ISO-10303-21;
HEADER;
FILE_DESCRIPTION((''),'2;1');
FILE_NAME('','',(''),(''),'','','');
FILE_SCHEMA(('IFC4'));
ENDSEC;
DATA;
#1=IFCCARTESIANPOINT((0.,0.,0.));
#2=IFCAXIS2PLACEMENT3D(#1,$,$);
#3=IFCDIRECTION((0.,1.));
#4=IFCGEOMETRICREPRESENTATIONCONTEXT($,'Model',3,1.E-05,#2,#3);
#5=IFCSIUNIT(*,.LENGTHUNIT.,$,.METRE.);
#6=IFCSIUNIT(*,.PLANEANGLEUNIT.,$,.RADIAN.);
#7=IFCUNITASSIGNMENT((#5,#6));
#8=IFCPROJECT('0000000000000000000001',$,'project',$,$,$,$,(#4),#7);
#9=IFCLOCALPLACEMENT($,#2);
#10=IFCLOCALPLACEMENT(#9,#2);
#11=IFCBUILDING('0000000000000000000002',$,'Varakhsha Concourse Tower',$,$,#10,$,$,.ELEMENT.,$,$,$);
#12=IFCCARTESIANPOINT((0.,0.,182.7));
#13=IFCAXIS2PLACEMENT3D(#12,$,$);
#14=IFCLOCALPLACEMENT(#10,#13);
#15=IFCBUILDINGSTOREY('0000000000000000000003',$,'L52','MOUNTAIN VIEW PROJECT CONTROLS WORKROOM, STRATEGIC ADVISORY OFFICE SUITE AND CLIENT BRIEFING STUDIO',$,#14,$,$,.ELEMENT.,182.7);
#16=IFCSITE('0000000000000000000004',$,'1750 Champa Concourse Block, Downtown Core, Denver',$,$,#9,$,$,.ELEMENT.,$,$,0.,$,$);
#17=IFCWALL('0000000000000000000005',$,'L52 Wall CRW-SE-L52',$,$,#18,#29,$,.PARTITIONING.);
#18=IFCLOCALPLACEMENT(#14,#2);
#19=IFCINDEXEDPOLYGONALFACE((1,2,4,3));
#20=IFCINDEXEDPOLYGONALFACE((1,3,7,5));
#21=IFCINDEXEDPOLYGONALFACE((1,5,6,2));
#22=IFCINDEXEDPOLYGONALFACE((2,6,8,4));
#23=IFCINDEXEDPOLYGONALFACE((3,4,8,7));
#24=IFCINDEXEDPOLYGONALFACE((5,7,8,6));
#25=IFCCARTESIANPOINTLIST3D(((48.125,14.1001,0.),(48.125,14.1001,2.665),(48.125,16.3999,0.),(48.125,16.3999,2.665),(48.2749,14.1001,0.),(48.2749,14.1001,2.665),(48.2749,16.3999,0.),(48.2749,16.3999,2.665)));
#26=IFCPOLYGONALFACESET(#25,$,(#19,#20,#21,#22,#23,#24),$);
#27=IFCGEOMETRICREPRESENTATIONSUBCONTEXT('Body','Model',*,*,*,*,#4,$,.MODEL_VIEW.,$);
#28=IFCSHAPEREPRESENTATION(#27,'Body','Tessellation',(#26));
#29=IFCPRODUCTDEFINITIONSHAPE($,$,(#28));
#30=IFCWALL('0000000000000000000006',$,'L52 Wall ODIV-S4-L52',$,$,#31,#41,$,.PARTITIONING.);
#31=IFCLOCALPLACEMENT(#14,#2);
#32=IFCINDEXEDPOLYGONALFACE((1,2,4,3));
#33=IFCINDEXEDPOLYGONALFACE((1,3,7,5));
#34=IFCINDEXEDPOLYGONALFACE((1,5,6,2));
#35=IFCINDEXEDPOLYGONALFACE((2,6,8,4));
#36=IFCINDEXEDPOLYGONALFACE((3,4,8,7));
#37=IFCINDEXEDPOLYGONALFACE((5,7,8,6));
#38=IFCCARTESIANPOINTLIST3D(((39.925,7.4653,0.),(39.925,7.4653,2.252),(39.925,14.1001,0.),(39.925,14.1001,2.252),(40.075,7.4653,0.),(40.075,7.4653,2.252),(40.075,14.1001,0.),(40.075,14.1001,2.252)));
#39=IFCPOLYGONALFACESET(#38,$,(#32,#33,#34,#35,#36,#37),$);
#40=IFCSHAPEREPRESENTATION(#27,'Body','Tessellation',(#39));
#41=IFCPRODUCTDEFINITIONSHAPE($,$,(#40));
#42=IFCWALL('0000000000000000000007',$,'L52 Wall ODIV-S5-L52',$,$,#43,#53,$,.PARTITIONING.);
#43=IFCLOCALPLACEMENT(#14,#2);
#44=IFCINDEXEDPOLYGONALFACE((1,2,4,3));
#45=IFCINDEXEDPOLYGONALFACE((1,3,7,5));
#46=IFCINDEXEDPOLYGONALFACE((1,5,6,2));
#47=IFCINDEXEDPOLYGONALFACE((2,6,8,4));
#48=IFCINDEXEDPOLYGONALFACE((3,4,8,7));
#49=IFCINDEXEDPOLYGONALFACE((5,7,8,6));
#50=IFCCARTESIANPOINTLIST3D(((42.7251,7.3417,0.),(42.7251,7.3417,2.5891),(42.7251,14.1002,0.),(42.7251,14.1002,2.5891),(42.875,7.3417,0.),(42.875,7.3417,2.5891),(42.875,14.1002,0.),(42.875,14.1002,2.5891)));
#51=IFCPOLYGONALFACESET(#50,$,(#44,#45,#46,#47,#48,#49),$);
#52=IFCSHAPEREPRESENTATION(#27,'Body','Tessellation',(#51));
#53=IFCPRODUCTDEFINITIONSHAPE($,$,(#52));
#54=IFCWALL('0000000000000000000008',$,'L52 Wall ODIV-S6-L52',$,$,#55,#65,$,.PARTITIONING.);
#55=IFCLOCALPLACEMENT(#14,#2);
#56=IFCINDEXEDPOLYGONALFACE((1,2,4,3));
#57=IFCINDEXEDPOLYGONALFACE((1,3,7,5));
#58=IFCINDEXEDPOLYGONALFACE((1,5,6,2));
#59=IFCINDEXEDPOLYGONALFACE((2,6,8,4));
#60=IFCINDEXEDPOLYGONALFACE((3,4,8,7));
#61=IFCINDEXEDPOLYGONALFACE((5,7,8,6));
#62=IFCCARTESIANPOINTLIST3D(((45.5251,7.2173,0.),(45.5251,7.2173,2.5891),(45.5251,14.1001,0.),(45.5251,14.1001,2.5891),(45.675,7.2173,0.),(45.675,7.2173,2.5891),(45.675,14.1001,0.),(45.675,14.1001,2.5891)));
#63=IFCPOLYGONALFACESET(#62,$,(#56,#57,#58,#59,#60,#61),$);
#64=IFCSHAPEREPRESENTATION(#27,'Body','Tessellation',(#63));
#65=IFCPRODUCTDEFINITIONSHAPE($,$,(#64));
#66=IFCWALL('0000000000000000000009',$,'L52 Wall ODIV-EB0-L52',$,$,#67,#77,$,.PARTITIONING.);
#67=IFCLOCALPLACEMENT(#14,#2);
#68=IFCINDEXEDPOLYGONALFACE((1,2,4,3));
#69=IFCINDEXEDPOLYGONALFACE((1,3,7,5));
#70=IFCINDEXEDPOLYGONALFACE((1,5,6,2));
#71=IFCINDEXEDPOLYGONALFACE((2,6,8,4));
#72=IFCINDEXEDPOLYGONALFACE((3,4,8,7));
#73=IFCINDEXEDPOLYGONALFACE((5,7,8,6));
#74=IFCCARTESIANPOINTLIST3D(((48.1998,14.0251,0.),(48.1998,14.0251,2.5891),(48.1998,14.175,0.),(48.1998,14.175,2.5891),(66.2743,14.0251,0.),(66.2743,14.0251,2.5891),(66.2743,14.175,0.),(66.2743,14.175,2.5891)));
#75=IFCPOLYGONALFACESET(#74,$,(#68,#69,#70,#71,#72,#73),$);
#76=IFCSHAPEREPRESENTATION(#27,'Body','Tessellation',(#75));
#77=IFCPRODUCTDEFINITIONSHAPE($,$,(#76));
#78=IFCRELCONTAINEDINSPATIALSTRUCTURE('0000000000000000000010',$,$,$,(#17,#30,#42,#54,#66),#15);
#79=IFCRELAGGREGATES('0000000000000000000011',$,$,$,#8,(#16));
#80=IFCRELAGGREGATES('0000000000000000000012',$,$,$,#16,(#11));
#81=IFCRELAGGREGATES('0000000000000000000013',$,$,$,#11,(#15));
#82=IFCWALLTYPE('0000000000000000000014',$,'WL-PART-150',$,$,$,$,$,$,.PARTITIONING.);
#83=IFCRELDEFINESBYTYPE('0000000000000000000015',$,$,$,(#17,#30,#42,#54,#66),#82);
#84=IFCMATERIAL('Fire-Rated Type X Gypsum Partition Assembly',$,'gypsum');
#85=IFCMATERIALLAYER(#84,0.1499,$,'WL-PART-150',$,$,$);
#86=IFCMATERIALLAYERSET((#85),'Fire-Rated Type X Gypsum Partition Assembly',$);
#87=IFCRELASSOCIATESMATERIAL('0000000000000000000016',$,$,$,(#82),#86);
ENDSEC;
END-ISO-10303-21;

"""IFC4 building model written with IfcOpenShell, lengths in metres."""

from ifc_helpers import new_model, si_unit, direction, frame, frame_2d, origin, place, context, subcontext, project, spatial, rectangle, extrude, material, layer, layer_set, type_object, element, save


model = new_model("IFC4")

# Units and contexts
model_context = context("Model", 3, precision=1e-05, world=origin(), true_north=direction((0.0, 1.0)))
body_context = subcontext(model_context, "Body", "Model", "MODEL_VIEW")
ifc_project = project(units=[si_unit("LENGTHUNIT", "METRE"), si_unit("PLANEANGLEUNIT", "RADIAN")], contexts=[model_context])

# Site, building, storey
site_placement = place(None, origin())
site = spatial("IfcSite", under=ifc_project, at=site_placement, Name="1750 Champa Concourse Block, Downtown Core, Denver", CompositionType="ELEMENT", RefElevation=0.0)
building_placement = place(site_placement, origin())
building = spatial("IfcBuilding", under=site, at=building_placement, Name="Varakhsha Concourse Tower", CompositionType="ELEMENT")
storey_placement = place(building_placement, frame((0.0, 0.0, 182.7)))
storey = spatial("IfcBuildingStorey", under=building, at=storey_placement, Name="L52", Description="MOUNTAIN VIEW PROJECT CONTROLS WORKROOM, STRATEGIC ADVISORY OFFICE SUITE AND CLIENT BRIEFING STUDIO", CompositionType="ELEMENT", Elevation=182.7)

# Walls
ifc_material_1 = material(Name="Fire-Rated Type X Gypsum Partition Assembly", Category="gypsum")
ifc_layer_1 = layer(ifc_material_1, 0.1499, Name="WL-PART-150")
ifc_layer_set_1 = layer_set([ifc_layer_1], Name="Fire-Rated Type X Gypsum Partition Assembly")
wall_type = type_object("IfcWallType", Name="WL-PART-150", PredefinedType="PARTITIONING", material=ifc_layer_set_1)
wall_1_placement = place(storey_placement, frame((48.2, 14.1001, 0.0), z_axis=(0.0, 0.0, 1.0), x_axis=(0.0, 1.0, 0.0)))
element("IfcWall", 1, at=wall_1_placement, inside=storey, type_object=wall_type, Name="L52 Wall CRW-SE-L52", PredefinedType="PARTITIONING", context=body_context, shape_type="SweptSolid", body=[
    extrude(rectangle(XDim=2.2998, YDim=0.1499, at=frame_2d((1.1499, 0.0))), origin(), (0.0, 0.0, 1.0), 2.665),
])
wall_2_placement = place(storey_placement, frame((40.0, 7.4653, 0.0), z_axis=(0.0, 0.0, 1.0), x_axis=(0.0, 1.0, 0.0)))
element("IfcWall", 2, at=wall_2_placement, inside=storey, type_object=wall_type, Name="L52 Wall ODIV-S4-L52", PredefinedType="PARTITIONING", context=body_context, shape_type="SweptSolid", body=[
    extrude(rectangle(XDim=6.6348, YDim=0.1499, at=frame_2d((3.3174, 0.0))), origin(), (0.0, 0.0, 1.0), 2.252),
])
wall_3_placement = place(storey_placement, frame((42.8, 7.3416, 0.0), z_axis=(0.0, 0.0, 1.0), x_axis=(0.0, 1.0, 0.0)))
element("IfcWall", 3, at=wall_3_placement, inside=storey, type_object=wall_type, Name="L52 Wall ODIV-S5-L52", PredefinedType="PARTITIONING", context=body_context, shape_type="SweptSolid", body=[
    extrude(rectangle(XDim=6.7585, YDim=0.1499, at=frame_2d((3.3794, 0.0))), origin(), (0.0, 0.0, 1.0), 2.5891),
])
wall_4_placement = place(storey_placement, frame((45.6001, 7.2173, 0.0), z_axis=(0.0, 0.0, 1.0), x_axis=(0.0, 1.0, 0.0)))
element("IfcWall", 4, at=wall_4_placement, inside=storey, type_object=wall_type, Name="L52 Wall ODIV-S6-L52", PredefinedType="PARTITIONING", context=body_context, shape_type="SweptSolid", body=[
    extrude(rectangle(XDim=6.8828, YDim=0.1499, at=frame_2d((3.4414, 0.0))), origin(), (0.0, 0.0, 1.0), 2.5891),
])
wall_5_placement = place(storey_placement, frame((48.2, 14.1001, 0.0), z_axis=(0.0, 0.0, 1.0), x_axis=(1.0, 0.0, 0.0)))
element("IfcWall", 5, at=wall_5_placement, inside=storey, type_object=wall_type, Name="L52 Wall ODIV-EB0-L52", PredefinedType="PARTITIONING", context=body_context, shape_type="SweptSolid", body=[
    extrude(rectangle(XDim=18.0745, YDim=0.1499, at=frame_2d((9.0371, 0.0))), origin(), (0.0, 0.0, 1.0), 2.5891),
])

save(model, "model.ifc")
